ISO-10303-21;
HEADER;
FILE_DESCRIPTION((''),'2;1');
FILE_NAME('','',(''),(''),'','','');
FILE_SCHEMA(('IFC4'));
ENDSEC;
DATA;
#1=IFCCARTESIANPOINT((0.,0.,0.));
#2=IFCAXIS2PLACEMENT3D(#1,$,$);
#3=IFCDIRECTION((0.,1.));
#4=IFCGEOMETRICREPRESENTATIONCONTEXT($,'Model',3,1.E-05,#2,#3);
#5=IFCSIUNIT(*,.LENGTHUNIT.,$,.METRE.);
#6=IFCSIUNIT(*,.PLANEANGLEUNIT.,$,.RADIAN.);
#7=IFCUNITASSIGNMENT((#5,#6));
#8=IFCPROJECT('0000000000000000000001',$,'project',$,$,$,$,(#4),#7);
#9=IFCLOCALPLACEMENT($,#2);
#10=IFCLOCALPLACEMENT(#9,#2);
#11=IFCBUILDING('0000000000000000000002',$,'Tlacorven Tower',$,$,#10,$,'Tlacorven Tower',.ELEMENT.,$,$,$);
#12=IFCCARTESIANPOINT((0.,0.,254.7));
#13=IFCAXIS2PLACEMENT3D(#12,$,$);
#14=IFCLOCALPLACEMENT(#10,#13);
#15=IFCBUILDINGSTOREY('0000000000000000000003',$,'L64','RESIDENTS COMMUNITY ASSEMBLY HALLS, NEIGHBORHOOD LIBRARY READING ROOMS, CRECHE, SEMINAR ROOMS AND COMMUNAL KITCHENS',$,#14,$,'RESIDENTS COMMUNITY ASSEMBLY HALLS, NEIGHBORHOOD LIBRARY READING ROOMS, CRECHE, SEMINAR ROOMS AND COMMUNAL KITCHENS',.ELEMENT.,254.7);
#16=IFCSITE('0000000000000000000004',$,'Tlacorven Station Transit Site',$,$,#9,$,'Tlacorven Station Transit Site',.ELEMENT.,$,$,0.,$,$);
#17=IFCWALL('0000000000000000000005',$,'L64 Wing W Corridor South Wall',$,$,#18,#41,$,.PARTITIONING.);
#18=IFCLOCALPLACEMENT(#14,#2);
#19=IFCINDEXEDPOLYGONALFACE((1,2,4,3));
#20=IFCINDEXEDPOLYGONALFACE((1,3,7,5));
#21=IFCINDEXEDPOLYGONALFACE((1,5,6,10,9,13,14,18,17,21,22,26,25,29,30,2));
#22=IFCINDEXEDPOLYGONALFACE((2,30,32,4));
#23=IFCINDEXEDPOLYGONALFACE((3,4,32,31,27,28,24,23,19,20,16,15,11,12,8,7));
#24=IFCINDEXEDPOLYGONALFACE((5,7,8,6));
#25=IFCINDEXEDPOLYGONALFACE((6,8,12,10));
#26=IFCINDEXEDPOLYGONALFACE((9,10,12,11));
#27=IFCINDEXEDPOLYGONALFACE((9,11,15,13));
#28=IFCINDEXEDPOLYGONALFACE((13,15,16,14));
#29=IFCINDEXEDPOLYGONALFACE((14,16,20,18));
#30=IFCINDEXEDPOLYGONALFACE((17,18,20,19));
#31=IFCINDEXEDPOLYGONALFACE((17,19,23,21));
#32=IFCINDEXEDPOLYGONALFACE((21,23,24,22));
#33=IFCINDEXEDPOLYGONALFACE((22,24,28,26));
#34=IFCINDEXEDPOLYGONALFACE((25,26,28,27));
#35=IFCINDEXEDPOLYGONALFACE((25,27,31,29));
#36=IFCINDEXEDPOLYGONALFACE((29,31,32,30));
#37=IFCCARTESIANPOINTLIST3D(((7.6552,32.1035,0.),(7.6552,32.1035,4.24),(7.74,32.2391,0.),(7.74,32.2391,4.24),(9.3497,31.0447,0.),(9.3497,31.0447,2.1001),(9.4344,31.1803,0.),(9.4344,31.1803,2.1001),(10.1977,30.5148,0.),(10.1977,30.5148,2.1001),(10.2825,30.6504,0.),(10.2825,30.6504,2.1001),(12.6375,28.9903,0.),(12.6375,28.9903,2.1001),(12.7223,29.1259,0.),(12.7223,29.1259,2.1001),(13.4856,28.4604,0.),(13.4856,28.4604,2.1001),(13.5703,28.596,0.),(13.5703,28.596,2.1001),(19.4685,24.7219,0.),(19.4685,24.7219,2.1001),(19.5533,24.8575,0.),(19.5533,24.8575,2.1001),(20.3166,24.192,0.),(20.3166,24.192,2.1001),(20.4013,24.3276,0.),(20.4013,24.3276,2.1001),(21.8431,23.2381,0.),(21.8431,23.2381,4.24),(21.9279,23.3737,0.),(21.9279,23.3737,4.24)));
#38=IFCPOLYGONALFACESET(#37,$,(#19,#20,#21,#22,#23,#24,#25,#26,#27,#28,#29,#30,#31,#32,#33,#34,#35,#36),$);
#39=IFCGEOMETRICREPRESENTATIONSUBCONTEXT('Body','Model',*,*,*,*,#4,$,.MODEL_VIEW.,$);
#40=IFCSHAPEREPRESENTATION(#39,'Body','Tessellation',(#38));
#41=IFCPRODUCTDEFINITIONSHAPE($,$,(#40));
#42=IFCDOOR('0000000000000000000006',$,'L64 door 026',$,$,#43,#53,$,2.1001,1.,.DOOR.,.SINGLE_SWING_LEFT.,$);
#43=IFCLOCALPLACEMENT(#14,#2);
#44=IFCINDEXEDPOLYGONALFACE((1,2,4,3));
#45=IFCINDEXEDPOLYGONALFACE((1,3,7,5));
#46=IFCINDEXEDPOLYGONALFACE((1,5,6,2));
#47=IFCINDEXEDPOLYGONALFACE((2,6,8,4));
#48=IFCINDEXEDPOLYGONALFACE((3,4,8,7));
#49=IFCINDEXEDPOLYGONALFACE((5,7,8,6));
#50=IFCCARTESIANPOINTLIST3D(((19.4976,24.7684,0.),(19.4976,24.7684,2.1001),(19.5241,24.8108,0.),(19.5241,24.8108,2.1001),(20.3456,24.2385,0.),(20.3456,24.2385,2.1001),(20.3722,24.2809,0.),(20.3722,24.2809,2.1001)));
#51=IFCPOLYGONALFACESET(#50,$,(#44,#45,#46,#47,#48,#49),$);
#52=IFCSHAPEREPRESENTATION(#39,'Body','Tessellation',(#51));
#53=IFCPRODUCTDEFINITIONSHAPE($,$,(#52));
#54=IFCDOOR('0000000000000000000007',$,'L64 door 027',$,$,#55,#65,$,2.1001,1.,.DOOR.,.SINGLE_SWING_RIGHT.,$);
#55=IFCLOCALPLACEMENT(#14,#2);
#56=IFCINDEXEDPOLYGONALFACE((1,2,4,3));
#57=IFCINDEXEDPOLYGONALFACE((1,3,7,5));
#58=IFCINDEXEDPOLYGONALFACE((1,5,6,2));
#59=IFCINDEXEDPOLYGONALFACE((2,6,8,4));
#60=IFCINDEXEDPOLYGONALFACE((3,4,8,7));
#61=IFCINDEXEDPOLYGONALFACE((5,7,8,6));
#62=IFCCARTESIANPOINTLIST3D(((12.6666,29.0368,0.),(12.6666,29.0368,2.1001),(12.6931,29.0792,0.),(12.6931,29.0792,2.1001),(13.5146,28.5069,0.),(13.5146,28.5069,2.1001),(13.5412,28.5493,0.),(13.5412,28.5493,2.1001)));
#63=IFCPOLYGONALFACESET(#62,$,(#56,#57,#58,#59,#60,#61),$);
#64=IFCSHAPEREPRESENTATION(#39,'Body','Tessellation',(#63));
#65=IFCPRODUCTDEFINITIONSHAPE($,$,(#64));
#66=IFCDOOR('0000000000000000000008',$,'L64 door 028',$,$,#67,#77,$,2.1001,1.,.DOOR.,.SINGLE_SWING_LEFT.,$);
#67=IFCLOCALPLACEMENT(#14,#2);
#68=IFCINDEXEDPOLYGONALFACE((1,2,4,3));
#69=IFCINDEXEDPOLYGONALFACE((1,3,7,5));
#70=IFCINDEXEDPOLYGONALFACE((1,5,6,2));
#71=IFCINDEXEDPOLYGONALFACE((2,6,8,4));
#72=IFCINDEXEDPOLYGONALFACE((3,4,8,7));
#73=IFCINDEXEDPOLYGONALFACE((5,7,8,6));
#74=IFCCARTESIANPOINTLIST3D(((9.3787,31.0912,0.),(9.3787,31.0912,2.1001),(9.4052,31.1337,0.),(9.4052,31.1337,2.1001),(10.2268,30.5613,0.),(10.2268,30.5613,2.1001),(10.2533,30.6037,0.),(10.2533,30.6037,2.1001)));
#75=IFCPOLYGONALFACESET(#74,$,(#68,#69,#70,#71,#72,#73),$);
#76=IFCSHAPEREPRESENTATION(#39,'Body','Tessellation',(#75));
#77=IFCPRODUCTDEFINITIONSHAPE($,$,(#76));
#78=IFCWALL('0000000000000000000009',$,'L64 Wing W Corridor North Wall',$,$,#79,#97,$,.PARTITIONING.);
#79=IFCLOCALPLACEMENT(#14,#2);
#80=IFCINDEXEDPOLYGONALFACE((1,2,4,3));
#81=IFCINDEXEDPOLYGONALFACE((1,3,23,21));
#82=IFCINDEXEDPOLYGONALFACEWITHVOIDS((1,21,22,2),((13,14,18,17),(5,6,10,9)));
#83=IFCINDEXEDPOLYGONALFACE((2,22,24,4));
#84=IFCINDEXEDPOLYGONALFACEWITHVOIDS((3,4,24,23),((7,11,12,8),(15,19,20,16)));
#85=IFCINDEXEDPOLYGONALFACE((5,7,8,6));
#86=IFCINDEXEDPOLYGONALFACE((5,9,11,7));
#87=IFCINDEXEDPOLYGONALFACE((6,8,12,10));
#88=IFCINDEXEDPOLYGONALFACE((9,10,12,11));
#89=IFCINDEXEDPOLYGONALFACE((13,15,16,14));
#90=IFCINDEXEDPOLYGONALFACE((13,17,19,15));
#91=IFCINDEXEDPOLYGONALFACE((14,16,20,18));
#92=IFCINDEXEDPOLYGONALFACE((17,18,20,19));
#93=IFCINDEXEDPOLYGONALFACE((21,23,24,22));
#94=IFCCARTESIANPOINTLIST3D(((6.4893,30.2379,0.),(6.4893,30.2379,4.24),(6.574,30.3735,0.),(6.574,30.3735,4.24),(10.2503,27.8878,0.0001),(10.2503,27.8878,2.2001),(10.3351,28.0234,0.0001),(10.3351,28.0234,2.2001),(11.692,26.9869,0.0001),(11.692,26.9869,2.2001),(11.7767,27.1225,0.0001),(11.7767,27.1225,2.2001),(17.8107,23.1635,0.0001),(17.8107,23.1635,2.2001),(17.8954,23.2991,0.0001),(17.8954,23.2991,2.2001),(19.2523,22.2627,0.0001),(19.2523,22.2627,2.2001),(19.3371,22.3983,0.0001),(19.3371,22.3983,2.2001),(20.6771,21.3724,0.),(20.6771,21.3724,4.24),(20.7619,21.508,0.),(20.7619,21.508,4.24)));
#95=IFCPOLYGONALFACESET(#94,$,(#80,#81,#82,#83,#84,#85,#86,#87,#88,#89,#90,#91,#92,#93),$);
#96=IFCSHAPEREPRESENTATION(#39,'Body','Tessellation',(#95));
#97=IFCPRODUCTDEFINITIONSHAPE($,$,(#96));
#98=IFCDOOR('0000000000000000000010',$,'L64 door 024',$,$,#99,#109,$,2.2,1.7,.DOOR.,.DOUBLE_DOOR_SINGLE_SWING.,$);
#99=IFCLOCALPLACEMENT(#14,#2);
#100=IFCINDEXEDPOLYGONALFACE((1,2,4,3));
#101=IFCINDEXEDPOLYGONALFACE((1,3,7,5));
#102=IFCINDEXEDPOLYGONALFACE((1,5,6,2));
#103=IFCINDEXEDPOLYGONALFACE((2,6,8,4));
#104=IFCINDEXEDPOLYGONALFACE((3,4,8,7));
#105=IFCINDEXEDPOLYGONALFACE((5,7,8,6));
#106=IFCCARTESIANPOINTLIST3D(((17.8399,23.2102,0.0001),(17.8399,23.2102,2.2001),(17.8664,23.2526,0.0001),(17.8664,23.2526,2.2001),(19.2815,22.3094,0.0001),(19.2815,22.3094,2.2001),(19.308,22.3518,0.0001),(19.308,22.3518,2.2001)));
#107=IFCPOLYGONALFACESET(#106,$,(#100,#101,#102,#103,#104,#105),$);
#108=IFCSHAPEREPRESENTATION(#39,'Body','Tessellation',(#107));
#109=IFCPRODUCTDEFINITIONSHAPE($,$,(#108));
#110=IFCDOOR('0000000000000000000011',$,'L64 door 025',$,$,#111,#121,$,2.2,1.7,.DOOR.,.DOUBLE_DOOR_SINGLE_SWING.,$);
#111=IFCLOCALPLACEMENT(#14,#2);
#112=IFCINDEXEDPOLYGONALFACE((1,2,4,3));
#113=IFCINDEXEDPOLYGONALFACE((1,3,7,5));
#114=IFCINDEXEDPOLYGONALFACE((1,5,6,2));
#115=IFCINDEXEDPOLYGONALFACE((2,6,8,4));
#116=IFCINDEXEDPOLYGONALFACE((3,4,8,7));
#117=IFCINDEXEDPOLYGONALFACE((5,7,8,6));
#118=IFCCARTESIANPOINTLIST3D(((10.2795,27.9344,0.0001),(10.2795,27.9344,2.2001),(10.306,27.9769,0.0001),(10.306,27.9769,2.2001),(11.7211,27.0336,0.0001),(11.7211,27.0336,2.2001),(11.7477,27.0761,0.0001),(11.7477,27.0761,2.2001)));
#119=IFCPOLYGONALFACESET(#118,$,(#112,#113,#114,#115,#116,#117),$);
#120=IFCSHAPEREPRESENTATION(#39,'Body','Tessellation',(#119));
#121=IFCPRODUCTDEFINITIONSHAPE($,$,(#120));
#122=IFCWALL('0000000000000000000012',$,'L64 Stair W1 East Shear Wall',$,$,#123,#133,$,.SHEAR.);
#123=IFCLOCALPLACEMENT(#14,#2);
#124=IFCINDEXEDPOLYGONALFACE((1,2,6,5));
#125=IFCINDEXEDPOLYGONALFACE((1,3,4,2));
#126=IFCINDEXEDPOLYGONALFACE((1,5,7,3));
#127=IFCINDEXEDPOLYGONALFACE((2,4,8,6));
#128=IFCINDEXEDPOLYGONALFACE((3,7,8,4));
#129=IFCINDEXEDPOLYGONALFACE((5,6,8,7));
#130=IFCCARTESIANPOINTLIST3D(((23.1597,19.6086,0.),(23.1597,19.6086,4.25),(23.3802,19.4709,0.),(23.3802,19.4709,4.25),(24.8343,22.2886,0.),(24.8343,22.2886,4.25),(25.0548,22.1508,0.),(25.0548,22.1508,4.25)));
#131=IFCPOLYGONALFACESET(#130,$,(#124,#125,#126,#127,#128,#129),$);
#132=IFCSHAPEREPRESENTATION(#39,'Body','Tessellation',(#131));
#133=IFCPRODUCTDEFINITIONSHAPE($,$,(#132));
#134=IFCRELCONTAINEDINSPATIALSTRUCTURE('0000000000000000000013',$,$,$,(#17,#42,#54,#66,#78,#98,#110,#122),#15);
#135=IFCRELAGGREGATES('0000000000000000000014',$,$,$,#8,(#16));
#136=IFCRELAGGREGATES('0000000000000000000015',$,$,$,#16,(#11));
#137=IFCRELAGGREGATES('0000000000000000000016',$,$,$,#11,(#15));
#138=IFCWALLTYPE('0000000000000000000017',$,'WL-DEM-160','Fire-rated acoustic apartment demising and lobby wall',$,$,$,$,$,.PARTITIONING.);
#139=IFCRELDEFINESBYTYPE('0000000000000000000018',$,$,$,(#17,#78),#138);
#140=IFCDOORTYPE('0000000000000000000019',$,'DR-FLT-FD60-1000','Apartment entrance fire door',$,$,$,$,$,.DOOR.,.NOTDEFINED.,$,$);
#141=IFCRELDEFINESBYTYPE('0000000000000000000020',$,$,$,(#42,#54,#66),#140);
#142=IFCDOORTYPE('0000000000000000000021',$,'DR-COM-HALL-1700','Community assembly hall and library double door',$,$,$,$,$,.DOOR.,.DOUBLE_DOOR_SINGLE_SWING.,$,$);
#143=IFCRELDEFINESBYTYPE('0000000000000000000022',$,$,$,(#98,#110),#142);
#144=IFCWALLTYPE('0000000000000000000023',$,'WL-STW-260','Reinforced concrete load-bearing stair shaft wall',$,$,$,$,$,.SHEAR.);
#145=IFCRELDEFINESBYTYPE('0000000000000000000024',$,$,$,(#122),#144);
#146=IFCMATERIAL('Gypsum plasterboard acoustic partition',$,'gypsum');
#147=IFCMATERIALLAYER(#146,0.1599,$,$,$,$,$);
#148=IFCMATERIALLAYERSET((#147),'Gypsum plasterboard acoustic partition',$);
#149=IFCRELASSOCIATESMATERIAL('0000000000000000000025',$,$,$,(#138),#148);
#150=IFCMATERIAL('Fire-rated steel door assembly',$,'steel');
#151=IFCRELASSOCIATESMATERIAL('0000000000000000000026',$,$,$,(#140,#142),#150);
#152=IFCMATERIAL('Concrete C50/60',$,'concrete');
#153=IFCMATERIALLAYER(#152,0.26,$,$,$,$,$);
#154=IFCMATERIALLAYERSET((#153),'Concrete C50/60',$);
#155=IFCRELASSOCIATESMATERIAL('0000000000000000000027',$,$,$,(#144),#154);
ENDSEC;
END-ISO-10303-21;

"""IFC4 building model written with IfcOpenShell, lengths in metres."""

from ifc_helpers import new_model, si_unit, direction, frame, frame_2d, origin, place, context, subcontext, project, spatial, rectangle, extrude, source, transform, mapped, material, layer, layer_set, type_object, element, fill, save


model = new_model("IFC4")

# Units and contexts
model_context = context("Model", 3, precision=1e-05, world=origin(), true_north=direction((0.0, 1.0)))
body_context = subcontext(model_context, "Body", "Model", "MODEL_VIEW")
ifc_project = project(units=[si_unit("LENGTHUNIT", "METRE"), si_unit("PLANEANGLEUNIT", "RADIAN")], contexts=[model_context])

# Site, building, storey
site_placement = place(None, origin())
site = spatial("IfcSite", under=ifc_project, at=site_placement, Name="Tlacorven Station Transit Site", LongName="Tlacorven Station Transit Site", CompositionType="ELEMENT", RefElevation=0.0)
building_placement = place(site_placement, origin())
building = spatial("IfcBuilding", under=site, at=building_placement, Name="Tlacorven Tower", LongName="Tlacorven Tower", CompositionType="ELEMENT")
storey_placement = place(building_placement, frame((0.0, 0.0, 254.7)))
storey = spatial("IfcBuildingStorey", under=building, at=storey_placement, Name="L64", Description="RESIDENTS COMMUNITY ASSEMBLY HALLS, NEIGHBORHOOD LIBRARY READING ROOMS, CRECHE, SEMINAR ROOMS AND COMMUNAL KITCHENS", LongName="RESIDENTS COMMUNITY ASSEMBLY HALLS, NEIGHBORHOOD LIBRARY READING ROOMS, CRECHE, SEMINAR ROOMS AND COMMUNAL KITCHENS", CompositionType="ELEMENT", Elevation=254.7)

# Shared definitions
ifc_material_1 = material(Name="Concrete C50/60", Category="concrete")
ifc_material_2 = material(Name="Gypsum plasterboard acoustic partition", Category="gypsum")
ifc_layer_1 = layer(ifc_material_2, 0.1599)
ifc_layer_set_1 = layer_set([ifc_layer_1], Name="Gypsum plasterboard acoustic partition")
wall_type_1 = type_object("IfcWallType", Name="WL-DEM-160", Description="Fire-rated acoustic apartment demising and lobby wall", PredefinedType="PARTITIONING", material=ifc_layer_set_1)

# Walls, openings, doors
wall_1_placement = place(storey_placement, frame((21.8855, 23.3059, 0.0), z_axis=(0.0, 0.0, 1.0), x_axis=(-0.848052, 0.529912, 0.0)))
wall_1 = element("IfcWall", 1, at=wall_1_placement, inside=storey, type_object=wall_type_1, Name="L64 Wing W Corridor South Wall", PredefinedType="PARTITIONING", context=body_context, shape_type="SweptSolid", body=[
    extrude(rectangle(XDim=16.73, YDim=0.1599, at=frame_2d((8.365, 0.0))), origin(), (0.0, 0.0, 1.0), 4.24),
])
opening_1_placement = place(wall_1_placement, frame((1.8, 0.0, 0.0)))
opening_1 = element("IfcOpeningElement", 2, at=opening_1_placement, cuts=wall_1, PredefinedType="OPENING", context=body_context, shape_type="SweptSolid", body=[
    extrude(rectangle(XDim=1.0, YDim=2.1001, at=frame_2d((0.5, 1.05))), frame((0.0, 0.0898, 0.0), z_axis=(0.0, -1.0, 0.0), x_axis=(1.0, 0.0, 0.0)), (0.0, 0.0, 1.0), 0.1799),
])
opening_2_placement = place(wall_1_placement, frame((9.855, 0.0, 0.0)))
opening_2 = element("IfcOpeningElement", 3, at=opening_2_placement, cuts=wall_1, PredefinedType="OPENING", context=body_context, shape_type="SweptSolid", body=[
    extrude(rectangle(XDim=1.0, YDim=2.1001, at=frame_2d((0.5, 1.05))), frame((0.0, 0.0898, 0.0), z_axis=(0.0, -1.0, 0.0), x_axis=(1.0, 0.0, 0.0)), (0.0, 0.0, 1.0), 0.1799),
])
opening_3_placement = place(wall_1_placement, frame((13.7319, 0.0, 0.0)))
opening_3 = element("IfcOpeningElement", 4, at=opening_3_placement, cuts=wall_1, PredefinedType="OPENING", context=body_context, shape_type="SweptSolid", body=[
    extrude(rectangle(XDim=1.0, YDim=2.1001, at=frame_2d((0.5, 1.05))), frame((0.0, 0.0898, 0.0), z_axis=(0.0, -1.0, 0.0), x_axis=(1.0, 0.0, 0.0)), (0.0, 0.0, 1.0), 0.1799),
])
ifc_material_3 = material(Name="Fire-rated steel door assembly", Category="steel")
door_type_1 = type_object("IfcDoorType", Name="DR-FLT-FD60-1000", Description="Apartment entrance fire door", OperationType="NOTDEFINED", PredefinedType="DOOR", material=ifc_material_3)
shared_shape_1 = source(origin(), body_context, "Body", "SweptSolid", [
    extrude(rectangle(XDim=1.0, YDim=2.1001, at=frame_2d((0.5, 1.05))), frame((0.0, 0.0249, 0.0), z_axis=(0.0, -1.0, 0.0), x_axis=(1.0, 0.0, 0.0)), (0.0, 0.0, 1.0), 0.05),
])
door_1_placement = place(opening_1_placement, frame((1.0, 0.0, 0.0), z_axis=(0.0, 0.0, 1.0), x_axis=(-1.0, 0.0, 0.0)))
door_1 = element("IfcDoor", 5, at=door_1_placement, inside=storey, type_object=door_type_1, Name="L64 door 026", OperationType="SINGLE_SWING_LEFT", OverallHeight=2.1001, OverallWidth=1.0, PredefinedType="DOOR", context=body_context, shape_type="MappedRepresentation", body=[
    mapped(shared_shape_1, transform((0.0, 0.0, 0.0), scale=1.0)),
])
fill(opening_1, door_1)
door_2_placement = place(opening_2_placement, frame((1.0, 0.0, 0.0), z_axis=(0.0, 0.0, 1.0), x_axis=(-1.0, 0.0, 0.0)))
door_2 = element("IfcDoor", 6, at=door_2_placement, inside=storey, type_object=door_type_1, Name="L64 door 027", OperationType="SINGLE_SWING_RIGHT", OverallHeight=2.1001, OverallWidth=1.0, PredefinedType="DOOR", context=body_context, shape_type="MappedRepresentation", body=[
    mapped(shared_shape_1, transform((0.0, 0.0, 0.0), scale=1.0)),
])
fill(opening_2, door_2)
door_3_placement = place(opening_3_placement, frame((1.0, 0.0, 0.0), z_axis=(0.0, 0.0, 1.0), x_axis=(-1.0, 0.0, 0.0)))
door_3 = element("IfcDoor", 7, at=door_3_placement, inside=storey, type_object=door_type_1, Name="L64 door 028", OperationType="SINGLE_SWING_LEFT", OverallHeight=2.1001, OverallWidth=1.0, PredefinedType="DOOR", context=body_context, shape_type="MappedRepresentation", body=[
    mapped(shared_shape_1, transform((0.0, 0.0, 0.0), scale=1.0)),
])
fill(opening_3, door_3)
wall_2_placement = place(storey_placement, frame((20.7195, 21.4402, 0.0), z_axis=(0.0, 0.0, 1.0), x_axis=(-0.848048, 0.529919, 0.0)))
wall_2 = element("IfcWall", 8, at=wall_2_placement, inside=storey, type_object=wall_type_1, Name="L64 Wing W Corridor North Wall", PredefinedType="PARTITIONING", context=body_context, shape_type="SweptSolid", body=[
    extrude(rectangle(XDim=16.73, YDim=0.1599, at=frame_2d((8.365, 0.0))), origin(), (0.0, 0.0, 1.0), 4.24),
])
opening_4_placement = place(wall_2_placement, frame((1.6799, 0.0, 0.0)))
opening_4 = element("IfcOpeningElement", 9, at=opening_4_placement, cuts=wall_2, PredefinedType="OPENING", context=body_context, shape_type="SweptSolid", body=[
    extrude(rectangle(XDim=1.7, YDim=2.2, at=frame_2d((0.8501, 1.1001))), frame((0.0, 0.0898, 0.0), z_axis=(0.0, -1.0, 0.0), x_axis=(1.0, 0.0, 0.0)), (0.0, 0.0, 1.0), 0.1799),
])
opening_5_placement = place(wall_2_placement, frame((10.595, 0.0, 0.0)))
opening_5 = element("IfcOpeningElement", 10, at=opening_5_placement, cuts=wall_2, PredefinedType="OPENING", context=body_context, shape_type="SweptSolid", body=[
    extrude(rectangle(XDim=1.7, YDim=2.2, at=frame_2d((0.8501, 1.1001))), frame((0.0, 0.0898, 0.0), z_axis=(0.0, -1.0, 0.0), x_axis=(1.0, 0.0, 0.0)), (0.0, 0.0, 1.0), 0.1799),
])
door_type_2 = type_object("IfcDoorType", Name="DR-COM-HALL-1700", Description="Community assembly hall and library double door", OperationType="DOUBLE_DOOR_SINGLE_SWING", PredefinedType="DOOR", material=ifc_material_3)
shared_shape_2 = source(origin(), body_context, "Body", "SweptSolid", [
    extrude(rectangle(XDim=1.7, YDim=2.2, at=frame_2d((0.8501, 1.1001))), frame((0.0, 0.0249, 0.0), z_axis=(0.0, -1.0, 0.0), x_axis=(1.0, 0.0, 0.0)), (0.0, 0.0, 1.0), 0.05),
])
door_4_placement = place(opening_4_placement, origin())
door_4 = element("IfcDoor", 11, at=door_4_placement, inside=storey, type_object=door_type_2, Name="L64 door 024", OperationType="DOUBLE_DOOR_SINGLE_SWING", OverallHeight=2.2, OverallWidth=1.7, PredefinedType="DOOR", context=body_context, shape_type="MappedRepresentation", body=[
    mapped(shared_shape_2, transform((0.0, 0.0, 0.0), scale=1.0)),
])
fill(opening_4, door_4)
door_5_placement = place(opening_5_placement, origin())
door_5 = element("IfcDoor", 12, at=door_5_placement, inside=storey, type_object=door_type_2, Name="L64 door 025", OperationType="DOUBLE_DOOR_SINGLE_SWING", OverallHeight=2.2, OverallWidth=1.7, PredefinedType="DOOR", context=body_context, shape_type="MappedRepresentation", body=[
    mapped(shared_shape_2, transform((0.0, 0.0, 0.0), scale=1.0)),
])
fill(opening_5, door_5)

# Wall
ifc_layer_2 = layer(ifc_material_1, 0.26)
ifc_layer_set_2 = layer_set([ifc_layer_2], Name="Concrete C50/60")
wall_type_2 = type_object("IfcWallType", Name="WL-STW-260", Description="Reinforced concrete load-bearing stair shaft wall", PredefinedType="SHEAR", material=ifc_layer_set_2)
wall_3_placement = place(storey_placement, frame((24.9446, 22.2197, 0.0), z_axis=(0.0, 0.0, 1.0), x_axis=(-0.529909, -0.848055, 0.0)))
element("IfcWall", 13, at=wall_3_placement, inside=storey, type_object=wall_type_2, Name="L64 Stair W1 East Shear Wall", PredefinedType="SHEAR", context=body_context, shape_type="SweptSolid", body=[
    extrude(rectangle(XDim=3.1602, YDim=0.26, at=frame_2d((1.5801, 0.0))), origin(), (0.0, 0.0, 1.0), 4.25),
])

save(model, "model.ifc")
